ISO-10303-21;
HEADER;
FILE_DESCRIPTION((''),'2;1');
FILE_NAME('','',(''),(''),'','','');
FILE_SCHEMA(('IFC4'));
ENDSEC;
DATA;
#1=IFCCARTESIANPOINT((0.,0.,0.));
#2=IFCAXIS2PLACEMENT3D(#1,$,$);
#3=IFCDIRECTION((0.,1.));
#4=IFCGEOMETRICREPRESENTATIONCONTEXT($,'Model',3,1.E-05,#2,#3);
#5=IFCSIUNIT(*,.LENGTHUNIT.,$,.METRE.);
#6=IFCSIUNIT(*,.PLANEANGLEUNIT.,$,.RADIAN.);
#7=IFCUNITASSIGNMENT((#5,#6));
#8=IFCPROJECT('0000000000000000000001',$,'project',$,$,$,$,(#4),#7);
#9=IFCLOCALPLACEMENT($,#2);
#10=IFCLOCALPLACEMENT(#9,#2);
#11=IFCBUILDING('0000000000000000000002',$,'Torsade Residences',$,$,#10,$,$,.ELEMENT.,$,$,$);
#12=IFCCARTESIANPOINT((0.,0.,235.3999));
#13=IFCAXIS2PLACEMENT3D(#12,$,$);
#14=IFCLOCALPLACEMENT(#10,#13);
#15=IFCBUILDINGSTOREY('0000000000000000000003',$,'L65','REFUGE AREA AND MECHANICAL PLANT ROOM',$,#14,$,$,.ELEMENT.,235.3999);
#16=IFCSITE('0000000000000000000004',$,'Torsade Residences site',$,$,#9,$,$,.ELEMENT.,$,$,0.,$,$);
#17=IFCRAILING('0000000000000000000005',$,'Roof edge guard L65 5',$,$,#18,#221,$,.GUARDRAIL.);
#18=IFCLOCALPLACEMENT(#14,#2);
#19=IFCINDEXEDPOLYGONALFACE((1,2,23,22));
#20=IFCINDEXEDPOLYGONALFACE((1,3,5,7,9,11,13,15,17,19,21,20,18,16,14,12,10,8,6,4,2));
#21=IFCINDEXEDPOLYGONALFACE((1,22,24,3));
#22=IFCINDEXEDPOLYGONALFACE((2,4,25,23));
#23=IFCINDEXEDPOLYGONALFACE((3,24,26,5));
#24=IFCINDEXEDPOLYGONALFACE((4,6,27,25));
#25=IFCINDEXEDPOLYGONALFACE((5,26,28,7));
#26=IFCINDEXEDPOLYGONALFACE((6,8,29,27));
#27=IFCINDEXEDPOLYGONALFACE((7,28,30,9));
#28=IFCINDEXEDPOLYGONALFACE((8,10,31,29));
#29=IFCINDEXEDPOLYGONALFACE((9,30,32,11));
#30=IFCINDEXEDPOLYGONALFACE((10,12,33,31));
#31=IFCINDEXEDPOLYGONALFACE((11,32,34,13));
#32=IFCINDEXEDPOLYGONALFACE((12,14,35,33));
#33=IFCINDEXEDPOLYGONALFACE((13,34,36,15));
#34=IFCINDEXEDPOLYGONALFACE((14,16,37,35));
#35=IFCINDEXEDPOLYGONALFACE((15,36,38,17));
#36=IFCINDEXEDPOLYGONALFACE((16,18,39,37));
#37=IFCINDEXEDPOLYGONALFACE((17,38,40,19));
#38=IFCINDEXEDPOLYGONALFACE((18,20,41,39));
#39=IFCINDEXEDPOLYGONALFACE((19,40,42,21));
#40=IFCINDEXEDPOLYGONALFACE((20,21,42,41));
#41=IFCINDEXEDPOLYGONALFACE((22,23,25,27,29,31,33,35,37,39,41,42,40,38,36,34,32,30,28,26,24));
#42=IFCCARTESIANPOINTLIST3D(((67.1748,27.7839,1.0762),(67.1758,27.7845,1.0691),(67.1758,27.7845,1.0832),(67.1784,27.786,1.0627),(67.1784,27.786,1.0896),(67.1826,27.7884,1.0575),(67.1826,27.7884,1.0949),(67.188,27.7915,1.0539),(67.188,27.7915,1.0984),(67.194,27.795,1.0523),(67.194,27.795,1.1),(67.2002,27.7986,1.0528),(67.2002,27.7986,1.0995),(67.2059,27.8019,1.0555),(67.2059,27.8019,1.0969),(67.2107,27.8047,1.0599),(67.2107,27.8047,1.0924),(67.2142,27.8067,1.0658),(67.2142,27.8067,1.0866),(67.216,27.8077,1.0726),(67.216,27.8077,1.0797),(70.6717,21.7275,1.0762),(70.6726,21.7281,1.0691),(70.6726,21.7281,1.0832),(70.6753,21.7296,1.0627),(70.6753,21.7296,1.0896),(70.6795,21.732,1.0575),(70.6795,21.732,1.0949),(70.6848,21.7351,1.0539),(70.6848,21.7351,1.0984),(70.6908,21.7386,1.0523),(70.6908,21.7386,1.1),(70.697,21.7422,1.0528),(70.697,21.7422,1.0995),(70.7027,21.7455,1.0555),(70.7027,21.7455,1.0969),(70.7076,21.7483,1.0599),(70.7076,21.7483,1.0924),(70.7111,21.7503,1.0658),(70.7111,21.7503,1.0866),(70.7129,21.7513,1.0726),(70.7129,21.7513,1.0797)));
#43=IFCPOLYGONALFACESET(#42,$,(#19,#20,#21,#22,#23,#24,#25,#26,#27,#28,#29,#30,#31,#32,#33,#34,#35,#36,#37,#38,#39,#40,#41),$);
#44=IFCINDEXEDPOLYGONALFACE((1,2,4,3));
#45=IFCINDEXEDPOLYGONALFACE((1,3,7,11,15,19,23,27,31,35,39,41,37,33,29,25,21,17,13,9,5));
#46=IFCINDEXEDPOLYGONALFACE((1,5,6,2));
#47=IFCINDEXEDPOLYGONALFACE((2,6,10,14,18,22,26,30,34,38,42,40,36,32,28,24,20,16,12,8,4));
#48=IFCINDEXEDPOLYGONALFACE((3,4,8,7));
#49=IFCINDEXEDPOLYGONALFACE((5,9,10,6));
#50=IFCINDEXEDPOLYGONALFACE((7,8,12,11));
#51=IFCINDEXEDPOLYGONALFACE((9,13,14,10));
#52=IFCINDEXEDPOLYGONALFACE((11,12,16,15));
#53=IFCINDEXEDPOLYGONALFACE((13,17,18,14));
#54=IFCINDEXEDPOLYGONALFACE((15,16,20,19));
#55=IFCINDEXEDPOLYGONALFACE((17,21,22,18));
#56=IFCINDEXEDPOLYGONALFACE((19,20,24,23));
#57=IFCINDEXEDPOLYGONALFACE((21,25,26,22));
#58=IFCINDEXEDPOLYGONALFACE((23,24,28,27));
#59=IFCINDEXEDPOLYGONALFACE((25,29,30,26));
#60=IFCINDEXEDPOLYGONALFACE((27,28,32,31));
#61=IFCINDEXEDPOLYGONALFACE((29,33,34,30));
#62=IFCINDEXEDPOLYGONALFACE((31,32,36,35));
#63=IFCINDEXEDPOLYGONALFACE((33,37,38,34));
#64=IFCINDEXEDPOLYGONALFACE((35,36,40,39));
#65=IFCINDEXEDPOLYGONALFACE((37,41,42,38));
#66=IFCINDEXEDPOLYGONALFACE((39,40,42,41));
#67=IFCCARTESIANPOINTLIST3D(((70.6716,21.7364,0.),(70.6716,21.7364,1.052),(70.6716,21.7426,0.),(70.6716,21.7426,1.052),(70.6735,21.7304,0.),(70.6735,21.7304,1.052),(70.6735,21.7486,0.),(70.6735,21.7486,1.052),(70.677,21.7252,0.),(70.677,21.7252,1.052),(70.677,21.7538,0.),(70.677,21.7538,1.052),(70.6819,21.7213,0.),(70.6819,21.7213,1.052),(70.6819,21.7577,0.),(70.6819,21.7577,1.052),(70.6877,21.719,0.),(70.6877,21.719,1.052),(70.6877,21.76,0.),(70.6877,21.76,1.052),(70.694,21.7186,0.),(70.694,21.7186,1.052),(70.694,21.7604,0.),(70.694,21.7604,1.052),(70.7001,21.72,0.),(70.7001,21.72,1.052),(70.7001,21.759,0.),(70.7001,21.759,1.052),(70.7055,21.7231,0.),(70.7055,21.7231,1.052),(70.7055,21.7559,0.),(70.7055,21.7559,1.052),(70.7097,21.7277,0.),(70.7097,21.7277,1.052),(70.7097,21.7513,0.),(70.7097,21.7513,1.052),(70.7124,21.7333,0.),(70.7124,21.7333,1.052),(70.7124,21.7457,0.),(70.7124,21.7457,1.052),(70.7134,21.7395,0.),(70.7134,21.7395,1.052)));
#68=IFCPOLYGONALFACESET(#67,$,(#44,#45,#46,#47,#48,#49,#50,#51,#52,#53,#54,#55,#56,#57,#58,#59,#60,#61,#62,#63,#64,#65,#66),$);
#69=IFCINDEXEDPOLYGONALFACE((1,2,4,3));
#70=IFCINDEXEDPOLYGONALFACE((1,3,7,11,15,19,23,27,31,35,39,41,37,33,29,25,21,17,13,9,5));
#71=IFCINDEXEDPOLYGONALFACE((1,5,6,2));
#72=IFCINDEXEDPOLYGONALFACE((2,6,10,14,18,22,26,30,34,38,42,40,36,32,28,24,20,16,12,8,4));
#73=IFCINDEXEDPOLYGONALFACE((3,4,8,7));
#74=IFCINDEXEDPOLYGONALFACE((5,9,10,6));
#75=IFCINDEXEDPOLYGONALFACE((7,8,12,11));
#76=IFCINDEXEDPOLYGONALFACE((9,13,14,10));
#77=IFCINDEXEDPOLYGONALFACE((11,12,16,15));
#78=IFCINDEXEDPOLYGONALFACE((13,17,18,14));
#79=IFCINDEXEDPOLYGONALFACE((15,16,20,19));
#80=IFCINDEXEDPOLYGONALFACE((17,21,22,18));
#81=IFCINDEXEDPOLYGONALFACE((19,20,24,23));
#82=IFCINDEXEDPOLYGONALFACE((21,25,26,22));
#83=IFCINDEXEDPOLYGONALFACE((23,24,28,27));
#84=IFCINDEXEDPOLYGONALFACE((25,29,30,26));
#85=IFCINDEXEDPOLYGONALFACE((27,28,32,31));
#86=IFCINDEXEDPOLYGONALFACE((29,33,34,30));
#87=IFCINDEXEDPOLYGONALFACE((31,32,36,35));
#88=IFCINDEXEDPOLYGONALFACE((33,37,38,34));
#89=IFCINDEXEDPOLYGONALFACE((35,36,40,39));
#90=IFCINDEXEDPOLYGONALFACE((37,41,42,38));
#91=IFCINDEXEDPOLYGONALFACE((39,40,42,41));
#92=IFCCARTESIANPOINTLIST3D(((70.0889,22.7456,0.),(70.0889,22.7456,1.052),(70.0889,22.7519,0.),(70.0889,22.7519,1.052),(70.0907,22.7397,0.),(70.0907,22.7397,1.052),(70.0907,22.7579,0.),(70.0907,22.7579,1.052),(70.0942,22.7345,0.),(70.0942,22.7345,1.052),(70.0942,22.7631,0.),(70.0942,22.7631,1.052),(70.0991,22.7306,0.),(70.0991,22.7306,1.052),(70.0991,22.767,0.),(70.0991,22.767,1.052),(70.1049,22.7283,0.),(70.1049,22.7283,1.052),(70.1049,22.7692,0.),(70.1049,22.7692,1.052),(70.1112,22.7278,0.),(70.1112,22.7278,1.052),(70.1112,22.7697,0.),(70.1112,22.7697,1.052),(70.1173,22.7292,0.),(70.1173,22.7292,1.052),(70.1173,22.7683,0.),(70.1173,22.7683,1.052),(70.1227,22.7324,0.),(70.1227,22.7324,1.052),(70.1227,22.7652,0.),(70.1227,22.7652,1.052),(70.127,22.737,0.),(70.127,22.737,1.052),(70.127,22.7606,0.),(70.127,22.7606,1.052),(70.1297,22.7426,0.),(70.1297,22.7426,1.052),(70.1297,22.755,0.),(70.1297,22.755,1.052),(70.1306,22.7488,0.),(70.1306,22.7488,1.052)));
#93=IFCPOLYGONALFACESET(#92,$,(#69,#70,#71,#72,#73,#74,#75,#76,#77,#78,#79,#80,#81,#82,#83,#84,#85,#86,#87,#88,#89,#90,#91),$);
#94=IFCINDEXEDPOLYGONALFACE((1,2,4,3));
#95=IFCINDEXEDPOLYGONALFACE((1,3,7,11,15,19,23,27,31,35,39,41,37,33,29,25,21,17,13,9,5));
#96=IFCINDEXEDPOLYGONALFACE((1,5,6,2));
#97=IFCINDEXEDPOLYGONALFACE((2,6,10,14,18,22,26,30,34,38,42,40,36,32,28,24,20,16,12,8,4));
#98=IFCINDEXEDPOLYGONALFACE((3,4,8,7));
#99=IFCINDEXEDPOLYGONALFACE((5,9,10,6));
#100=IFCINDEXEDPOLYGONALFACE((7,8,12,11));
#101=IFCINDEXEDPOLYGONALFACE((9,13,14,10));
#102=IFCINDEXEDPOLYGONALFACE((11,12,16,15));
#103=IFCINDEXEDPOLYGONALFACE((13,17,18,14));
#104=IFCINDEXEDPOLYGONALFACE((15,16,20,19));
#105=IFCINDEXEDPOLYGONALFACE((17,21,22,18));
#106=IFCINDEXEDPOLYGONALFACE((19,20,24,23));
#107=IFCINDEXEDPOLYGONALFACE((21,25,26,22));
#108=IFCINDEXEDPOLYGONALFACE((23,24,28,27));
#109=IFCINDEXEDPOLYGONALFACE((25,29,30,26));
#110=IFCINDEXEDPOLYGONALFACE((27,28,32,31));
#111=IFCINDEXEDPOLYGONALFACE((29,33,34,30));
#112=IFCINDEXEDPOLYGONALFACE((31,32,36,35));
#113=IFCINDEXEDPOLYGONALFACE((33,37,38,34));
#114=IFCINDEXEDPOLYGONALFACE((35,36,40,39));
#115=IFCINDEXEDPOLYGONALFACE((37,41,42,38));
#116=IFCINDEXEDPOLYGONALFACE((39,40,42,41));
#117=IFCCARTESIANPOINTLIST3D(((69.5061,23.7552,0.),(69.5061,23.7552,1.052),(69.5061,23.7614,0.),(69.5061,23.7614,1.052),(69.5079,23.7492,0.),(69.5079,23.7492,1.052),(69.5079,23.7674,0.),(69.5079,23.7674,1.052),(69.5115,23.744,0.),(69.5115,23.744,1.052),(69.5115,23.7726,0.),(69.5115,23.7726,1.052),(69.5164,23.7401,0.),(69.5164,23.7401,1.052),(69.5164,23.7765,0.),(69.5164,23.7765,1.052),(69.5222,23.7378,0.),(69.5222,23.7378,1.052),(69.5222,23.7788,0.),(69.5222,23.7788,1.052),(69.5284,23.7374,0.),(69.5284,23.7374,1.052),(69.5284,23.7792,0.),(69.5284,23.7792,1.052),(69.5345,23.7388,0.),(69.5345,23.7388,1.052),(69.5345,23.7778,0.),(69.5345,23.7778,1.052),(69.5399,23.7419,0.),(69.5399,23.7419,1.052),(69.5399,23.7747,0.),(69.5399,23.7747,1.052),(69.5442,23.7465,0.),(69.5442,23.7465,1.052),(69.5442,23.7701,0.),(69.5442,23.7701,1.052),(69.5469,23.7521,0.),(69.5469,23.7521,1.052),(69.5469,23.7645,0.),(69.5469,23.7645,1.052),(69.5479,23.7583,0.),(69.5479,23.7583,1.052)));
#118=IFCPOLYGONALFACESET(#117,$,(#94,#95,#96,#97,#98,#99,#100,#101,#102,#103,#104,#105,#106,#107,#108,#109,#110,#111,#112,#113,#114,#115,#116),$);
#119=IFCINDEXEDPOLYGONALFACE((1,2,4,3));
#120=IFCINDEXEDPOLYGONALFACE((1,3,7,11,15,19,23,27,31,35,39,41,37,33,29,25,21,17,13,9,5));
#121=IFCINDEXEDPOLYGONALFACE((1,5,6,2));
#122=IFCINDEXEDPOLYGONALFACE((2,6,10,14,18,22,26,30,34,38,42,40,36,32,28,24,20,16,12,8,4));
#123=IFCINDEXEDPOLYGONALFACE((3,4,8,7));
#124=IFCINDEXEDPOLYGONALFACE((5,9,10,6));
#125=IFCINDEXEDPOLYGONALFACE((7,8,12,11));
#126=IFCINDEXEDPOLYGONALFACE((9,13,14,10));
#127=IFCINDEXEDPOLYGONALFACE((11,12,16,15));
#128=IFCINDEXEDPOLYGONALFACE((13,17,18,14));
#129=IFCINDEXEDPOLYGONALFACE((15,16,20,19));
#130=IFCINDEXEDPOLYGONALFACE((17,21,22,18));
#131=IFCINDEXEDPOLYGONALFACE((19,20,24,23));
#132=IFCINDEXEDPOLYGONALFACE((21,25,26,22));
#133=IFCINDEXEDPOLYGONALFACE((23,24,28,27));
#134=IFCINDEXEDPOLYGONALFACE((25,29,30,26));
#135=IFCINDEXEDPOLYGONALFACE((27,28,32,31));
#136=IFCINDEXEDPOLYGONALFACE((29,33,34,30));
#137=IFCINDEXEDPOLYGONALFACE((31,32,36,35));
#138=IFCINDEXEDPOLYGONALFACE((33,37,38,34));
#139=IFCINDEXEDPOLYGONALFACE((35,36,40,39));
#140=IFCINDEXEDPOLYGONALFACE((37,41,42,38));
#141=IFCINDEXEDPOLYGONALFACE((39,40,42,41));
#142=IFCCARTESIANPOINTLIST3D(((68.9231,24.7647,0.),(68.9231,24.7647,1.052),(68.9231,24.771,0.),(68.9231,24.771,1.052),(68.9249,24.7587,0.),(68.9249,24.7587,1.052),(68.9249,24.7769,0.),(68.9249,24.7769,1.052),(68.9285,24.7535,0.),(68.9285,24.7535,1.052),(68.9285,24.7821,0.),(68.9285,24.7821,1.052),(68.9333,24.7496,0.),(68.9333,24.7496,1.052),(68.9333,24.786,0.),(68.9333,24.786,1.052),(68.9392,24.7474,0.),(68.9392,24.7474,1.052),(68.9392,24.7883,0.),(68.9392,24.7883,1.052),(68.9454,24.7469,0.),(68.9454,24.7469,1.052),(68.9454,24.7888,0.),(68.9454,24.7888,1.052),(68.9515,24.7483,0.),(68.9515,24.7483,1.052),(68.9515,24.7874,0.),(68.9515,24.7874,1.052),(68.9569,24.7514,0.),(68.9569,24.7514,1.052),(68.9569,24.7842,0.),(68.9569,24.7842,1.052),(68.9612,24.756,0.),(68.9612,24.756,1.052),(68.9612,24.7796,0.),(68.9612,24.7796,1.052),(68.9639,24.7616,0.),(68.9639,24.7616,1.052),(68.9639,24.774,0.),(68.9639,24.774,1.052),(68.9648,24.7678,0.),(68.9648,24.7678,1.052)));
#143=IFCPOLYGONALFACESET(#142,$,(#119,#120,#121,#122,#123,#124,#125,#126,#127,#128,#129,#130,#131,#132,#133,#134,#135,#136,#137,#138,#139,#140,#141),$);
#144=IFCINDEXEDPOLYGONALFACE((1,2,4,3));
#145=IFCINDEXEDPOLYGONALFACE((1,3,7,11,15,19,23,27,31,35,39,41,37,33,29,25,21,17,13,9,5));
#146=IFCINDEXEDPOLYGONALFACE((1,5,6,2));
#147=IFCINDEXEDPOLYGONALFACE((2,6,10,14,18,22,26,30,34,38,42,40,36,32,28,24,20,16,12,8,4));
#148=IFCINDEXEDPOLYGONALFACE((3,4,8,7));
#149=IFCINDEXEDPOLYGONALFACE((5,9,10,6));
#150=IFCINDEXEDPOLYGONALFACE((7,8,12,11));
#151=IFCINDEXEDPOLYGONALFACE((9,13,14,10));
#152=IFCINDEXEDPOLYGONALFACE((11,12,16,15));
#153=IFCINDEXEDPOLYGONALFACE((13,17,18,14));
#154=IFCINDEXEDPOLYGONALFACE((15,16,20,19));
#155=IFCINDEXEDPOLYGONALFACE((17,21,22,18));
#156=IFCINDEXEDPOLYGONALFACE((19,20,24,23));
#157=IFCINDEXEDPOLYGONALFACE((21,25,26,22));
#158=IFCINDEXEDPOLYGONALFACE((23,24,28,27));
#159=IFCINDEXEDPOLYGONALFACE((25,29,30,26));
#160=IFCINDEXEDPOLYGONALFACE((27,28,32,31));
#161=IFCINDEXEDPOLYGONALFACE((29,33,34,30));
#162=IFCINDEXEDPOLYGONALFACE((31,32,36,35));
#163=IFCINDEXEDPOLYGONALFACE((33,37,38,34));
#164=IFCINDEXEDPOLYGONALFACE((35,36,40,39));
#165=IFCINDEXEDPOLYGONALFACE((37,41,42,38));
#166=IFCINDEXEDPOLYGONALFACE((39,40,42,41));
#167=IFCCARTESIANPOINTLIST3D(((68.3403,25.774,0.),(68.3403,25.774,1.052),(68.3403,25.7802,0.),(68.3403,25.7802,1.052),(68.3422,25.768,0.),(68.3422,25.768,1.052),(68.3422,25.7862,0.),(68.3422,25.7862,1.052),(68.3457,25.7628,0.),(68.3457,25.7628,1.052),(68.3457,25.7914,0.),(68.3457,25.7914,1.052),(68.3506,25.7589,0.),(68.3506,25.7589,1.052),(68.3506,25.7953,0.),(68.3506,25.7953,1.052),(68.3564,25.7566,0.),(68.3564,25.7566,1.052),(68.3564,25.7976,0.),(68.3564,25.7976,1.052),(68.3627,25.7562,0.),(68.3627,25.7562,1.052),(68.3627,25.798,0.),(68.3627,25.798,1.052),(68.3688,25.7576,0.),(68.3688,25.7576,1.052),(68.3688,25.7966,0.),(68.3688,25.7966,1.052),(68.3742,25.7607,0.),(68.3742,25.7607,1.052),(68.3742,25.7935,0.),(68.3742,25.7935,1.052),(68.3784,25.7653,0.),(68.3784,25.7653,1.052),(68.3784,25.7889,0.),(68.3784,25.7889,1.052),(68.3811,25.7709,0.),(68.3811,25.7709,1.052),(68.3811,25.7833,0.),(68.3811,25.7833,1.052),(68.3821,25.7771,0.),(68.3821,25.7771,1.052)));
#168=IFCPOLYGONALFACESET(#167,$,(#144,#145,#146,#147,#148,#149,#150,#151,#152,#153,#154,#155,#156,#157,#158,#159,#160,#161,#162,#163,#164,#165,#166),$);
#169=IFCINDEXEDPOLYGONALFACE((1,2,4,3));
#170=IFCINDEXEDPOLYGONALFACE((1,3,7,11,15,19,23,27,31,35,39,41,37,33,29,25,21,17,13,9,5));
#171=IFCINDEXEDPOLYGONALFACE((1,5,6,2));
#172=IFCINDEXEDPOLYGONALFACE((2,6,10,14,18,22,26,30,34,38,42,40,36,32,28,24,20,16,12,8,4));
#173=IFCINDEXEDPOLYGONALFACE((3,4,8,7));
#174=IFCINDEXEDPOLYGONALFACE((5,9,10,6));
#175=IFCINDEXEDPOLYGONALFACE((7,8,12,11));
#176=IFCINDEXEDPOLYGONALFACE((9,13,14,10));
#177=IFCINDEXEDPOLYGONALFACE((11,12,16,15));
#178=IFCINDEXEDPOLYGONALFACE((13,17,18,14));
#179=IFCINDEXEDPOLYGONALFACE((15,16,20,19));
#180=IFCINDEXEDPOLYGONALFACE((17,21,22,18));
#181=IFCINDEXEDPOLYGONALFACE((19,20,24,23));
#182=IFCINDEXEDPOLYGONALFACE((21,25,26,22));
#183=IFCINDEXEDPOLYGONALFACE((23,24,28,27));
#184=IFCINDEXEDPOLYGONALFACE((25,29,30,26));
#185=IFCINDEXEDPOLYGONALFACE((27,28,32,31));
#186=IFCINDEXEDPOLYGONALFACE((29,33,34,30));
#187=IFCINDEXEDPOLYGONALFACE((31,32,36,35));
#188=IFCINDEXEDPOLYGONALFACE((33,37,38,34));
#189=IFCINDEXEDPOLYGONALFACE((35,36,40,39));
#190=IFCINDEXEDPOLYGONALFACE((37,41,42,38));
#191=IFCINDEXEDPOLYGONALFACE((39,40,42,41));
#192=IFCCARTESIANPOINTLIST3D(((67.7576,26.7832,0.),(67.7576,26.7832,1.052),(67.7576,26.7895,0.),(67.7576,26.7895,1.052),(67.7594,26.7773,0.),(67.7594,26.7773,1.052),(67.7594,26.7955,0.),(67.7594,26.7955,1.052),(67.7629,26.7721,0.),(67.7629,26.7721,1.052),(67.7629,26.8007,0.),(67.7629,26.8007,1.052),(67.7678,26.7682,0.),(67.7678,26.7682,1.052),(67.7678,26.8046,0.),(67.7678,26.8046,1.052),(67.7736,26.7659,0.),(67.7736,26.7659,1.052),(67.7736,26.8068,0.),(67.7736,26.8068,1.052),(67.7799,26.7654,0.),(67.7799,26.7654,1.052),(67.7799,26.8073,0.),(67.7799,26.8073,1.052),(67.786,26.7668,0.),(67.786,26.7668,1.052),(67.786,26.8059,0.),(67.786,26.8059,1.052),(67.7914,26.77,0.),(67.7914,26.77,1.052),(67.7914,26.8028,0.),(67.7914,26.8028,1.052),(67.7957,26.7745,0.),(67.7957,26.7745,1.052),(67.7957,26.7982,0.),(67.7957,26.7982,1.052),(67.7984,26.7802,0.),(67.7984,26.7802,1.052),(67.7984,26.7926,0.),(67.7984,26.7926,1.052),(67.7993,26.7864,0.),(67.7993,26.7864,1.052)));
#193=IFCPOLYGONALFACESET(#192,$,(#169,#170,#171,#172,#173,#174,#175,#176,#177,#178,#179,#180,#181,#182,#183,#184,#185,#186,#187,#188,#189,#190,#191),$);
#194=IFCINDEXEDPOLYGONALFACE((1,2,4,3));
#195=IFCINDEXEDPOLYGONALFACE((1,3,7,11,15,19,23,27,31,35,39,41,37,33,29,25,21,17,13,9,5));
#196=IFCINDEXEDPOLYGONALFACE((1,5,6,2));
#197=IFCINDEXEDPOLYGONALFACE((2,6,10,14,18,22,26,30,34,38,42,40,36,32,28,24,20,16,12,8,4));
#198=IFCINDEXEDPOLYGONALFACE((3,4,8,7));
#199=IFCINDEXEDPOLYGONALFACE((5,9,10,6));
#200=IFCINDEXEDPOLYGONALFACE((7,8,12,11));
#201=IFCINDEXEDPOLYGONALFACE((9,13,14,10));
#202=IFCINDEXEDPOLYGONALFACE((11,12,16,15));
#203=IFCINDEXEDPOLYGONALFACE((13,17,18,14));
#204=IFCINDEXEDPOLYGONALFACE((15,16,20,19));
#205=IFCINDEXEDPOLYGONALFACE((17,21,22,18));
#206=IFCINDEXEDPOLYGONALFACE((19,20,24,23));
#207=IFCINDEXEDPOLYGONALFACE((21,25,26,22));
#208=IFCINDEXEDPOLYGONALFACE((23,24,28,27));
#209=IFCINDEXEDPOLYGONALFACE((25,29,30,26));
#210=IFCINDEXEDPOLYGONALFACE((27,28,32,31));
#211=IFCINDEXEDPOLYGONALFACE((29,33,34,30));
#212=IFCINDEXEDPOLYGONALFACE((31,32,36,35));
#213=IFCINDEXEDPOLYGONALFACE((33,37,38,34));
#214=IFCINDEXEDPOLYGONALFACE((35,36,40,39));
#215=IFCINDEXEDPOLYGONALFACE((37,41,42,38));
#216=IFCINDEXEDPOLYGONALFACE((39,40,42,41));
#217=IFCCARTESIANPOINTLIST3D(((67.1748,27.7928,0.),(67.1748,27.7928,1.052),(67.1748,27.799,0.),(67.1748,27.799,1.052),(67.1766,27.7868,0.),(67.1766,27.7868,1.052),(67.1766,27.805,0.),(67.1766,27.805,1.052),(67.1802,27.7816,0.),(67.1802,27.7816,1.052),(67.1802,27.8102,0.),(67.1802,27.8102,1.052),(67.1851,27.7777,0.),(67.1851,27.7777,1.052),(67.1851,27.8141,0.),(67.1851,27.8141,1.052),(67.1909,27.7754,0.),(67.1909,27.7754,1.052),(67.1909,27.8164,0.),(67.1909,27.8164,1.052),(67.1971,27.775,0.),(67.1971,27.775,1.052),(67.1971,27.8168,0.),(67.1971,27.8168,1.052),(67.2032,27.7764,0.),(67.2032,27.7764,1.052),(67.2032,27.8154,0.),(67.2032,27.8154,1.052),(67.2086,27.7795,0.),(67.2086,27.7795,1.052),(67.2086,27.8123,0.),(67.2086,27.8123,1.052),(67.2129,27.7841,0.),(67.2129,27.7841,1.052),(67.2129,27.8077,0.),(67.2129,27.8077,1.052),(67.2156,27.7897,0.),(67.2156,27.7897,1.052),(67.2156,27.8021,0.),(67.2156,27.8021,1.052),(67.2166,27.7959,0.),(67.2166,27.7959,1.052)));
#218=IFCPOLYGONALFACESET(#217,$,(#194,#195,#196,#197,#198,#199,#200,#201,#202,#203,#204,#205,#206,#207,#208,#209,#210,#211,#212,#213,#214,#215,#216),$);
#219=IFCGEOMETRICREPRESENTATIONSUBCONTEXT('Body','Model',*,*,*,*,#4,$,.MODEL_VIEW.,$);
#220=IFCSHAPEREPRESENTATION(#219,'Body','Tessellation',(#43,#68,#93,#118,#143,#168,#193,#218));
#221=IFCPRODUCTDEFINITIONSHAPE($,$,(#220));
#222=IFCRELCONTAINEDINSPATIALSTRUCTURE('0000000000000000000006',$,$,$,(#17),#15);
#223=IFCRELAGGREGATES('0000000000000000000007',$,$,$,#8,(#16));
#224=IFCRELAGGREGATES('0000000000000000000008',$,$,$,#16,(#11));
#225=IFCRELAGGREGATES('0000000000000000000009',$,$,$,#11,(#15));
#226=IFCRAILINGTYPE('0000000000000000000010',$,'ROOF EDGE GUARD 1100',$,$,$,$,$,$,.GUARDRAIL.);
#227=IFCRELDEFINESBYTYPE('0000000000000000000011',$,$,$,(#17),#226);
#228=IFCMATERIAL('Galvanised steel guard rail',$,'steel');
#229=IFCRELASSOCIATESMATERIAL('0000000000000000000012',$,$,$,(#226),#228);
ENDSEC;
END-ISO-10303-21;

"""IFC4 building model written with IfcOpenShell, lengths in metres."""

from ifc_helpers import new_model, si_unit, direction, frame, origin, origin_2d, place, context, subcontext, project, spatial, circle, extrude, material, type_object, element, save


model = new_model("IFC4")

# Units and contexts
model_context = context("Model", 3, precision=1e-05, world=origin(), true_north=direction((0.0, 1.0)))
body_context = subcontext(model_context, "Body", "Model", "MODEL_VIEW")
ifc_project = project(units=[si_unit("LENGTHUNIT", "METRE"), si_unit("PLANEANGLEUNIT", "RADIAN")], contexts=[model_context])

# Site, building, storey
site_placement = place(None, origin())
site = spatial("IfcSite", under=ifc_project, at=site_placement, Name="Torsade Residences site", CompositionType="ELEMENT", RefElevation=0.0)
building_placement = place(site_placement, origin())
building = spatial("IfcBuilding", under=site, at=building_placement, Name="Torsade Residences", CompositionType="ELEMENT")
storey_placement = place(building_placement, frame((0.0, 0.0, 235.3999)))
storey = spatial("IfcBuildingStorey", under=building, at=storey_placement, Name="L65", Description="REFUGE AREA AND MECHANICAL PLANT ROOM", CompositionType="ELEMENT", Elevation=235.3999)

# Railing
ifc_material_1 = material(Name="Galvanised steel guard rail", Category="steel")
railing_type = type_object("IfcRailingType", Name="ROOF EDGE GUARD 1100", PredefinedType="GUARDRAIL", material=ifc_material_1)
railing_1_placement = place(storey_placement, frame((70.6924, 21.7395, 0.0)))
element("IfcRailing", 1, at=railing_1_placement, inside=storey, type_object=railing_type, Name="Roof edge guard L65 5", PredefinedType="GUARDRAIL", context=body_context, shape_type="SweptSolid", body=[
    extrude(circle(Radius=0.0239, at=origin_2d()), frame((0.0, 0.0, 1.0762), z_axis=(-0.500018, 0.866015, 0.0), x_axis=(-0.866015, -0.500018, 0.0)), (0.0, 0.0, 1.0), 6.9934),
    extrude(circle(Radius=0.021, at=origin_2d()), origin(), (0.0, 0.0, 1.0), 1.052),
    extrude(circle(Radius=0.021, at=origin_2d()), frame((-0.5828, 1.0093, 0.0)), (0.0, 0.0, 1.0), 1.052),
    extrude(circle(Radius=0.021, at=origin_2d()), frame((-1.1655, 2.0188, 0.0)), (0.0, 0.0, 1.0), 1.052),
    extrude(circle(Radius=0.021, at=origin_2d()), frame((-1.7485, 3.0283, 0.0)), (0.0, 0.0, 1.0), 1.052),
    extrude(circle(Radius=0.021, at=origin_2d()), frame((-2.3313, 4.0376, 0.0)), (0.0, 0.0, 1.0), 1.052),
    extrude(circle(Radius=0.021, at=origin_2d()), frame((-2.9141, 5.0469, 0.0)), (0.0, 0.0, 1.0), 1.052),
    extrude(circle(Radius=0.021, at=origin_2d()), frame((-3.4968, 6.0564, 0.0)), (0.0, 0.0, 1.0), 1.052),
])

save(model, "model.ifc")
